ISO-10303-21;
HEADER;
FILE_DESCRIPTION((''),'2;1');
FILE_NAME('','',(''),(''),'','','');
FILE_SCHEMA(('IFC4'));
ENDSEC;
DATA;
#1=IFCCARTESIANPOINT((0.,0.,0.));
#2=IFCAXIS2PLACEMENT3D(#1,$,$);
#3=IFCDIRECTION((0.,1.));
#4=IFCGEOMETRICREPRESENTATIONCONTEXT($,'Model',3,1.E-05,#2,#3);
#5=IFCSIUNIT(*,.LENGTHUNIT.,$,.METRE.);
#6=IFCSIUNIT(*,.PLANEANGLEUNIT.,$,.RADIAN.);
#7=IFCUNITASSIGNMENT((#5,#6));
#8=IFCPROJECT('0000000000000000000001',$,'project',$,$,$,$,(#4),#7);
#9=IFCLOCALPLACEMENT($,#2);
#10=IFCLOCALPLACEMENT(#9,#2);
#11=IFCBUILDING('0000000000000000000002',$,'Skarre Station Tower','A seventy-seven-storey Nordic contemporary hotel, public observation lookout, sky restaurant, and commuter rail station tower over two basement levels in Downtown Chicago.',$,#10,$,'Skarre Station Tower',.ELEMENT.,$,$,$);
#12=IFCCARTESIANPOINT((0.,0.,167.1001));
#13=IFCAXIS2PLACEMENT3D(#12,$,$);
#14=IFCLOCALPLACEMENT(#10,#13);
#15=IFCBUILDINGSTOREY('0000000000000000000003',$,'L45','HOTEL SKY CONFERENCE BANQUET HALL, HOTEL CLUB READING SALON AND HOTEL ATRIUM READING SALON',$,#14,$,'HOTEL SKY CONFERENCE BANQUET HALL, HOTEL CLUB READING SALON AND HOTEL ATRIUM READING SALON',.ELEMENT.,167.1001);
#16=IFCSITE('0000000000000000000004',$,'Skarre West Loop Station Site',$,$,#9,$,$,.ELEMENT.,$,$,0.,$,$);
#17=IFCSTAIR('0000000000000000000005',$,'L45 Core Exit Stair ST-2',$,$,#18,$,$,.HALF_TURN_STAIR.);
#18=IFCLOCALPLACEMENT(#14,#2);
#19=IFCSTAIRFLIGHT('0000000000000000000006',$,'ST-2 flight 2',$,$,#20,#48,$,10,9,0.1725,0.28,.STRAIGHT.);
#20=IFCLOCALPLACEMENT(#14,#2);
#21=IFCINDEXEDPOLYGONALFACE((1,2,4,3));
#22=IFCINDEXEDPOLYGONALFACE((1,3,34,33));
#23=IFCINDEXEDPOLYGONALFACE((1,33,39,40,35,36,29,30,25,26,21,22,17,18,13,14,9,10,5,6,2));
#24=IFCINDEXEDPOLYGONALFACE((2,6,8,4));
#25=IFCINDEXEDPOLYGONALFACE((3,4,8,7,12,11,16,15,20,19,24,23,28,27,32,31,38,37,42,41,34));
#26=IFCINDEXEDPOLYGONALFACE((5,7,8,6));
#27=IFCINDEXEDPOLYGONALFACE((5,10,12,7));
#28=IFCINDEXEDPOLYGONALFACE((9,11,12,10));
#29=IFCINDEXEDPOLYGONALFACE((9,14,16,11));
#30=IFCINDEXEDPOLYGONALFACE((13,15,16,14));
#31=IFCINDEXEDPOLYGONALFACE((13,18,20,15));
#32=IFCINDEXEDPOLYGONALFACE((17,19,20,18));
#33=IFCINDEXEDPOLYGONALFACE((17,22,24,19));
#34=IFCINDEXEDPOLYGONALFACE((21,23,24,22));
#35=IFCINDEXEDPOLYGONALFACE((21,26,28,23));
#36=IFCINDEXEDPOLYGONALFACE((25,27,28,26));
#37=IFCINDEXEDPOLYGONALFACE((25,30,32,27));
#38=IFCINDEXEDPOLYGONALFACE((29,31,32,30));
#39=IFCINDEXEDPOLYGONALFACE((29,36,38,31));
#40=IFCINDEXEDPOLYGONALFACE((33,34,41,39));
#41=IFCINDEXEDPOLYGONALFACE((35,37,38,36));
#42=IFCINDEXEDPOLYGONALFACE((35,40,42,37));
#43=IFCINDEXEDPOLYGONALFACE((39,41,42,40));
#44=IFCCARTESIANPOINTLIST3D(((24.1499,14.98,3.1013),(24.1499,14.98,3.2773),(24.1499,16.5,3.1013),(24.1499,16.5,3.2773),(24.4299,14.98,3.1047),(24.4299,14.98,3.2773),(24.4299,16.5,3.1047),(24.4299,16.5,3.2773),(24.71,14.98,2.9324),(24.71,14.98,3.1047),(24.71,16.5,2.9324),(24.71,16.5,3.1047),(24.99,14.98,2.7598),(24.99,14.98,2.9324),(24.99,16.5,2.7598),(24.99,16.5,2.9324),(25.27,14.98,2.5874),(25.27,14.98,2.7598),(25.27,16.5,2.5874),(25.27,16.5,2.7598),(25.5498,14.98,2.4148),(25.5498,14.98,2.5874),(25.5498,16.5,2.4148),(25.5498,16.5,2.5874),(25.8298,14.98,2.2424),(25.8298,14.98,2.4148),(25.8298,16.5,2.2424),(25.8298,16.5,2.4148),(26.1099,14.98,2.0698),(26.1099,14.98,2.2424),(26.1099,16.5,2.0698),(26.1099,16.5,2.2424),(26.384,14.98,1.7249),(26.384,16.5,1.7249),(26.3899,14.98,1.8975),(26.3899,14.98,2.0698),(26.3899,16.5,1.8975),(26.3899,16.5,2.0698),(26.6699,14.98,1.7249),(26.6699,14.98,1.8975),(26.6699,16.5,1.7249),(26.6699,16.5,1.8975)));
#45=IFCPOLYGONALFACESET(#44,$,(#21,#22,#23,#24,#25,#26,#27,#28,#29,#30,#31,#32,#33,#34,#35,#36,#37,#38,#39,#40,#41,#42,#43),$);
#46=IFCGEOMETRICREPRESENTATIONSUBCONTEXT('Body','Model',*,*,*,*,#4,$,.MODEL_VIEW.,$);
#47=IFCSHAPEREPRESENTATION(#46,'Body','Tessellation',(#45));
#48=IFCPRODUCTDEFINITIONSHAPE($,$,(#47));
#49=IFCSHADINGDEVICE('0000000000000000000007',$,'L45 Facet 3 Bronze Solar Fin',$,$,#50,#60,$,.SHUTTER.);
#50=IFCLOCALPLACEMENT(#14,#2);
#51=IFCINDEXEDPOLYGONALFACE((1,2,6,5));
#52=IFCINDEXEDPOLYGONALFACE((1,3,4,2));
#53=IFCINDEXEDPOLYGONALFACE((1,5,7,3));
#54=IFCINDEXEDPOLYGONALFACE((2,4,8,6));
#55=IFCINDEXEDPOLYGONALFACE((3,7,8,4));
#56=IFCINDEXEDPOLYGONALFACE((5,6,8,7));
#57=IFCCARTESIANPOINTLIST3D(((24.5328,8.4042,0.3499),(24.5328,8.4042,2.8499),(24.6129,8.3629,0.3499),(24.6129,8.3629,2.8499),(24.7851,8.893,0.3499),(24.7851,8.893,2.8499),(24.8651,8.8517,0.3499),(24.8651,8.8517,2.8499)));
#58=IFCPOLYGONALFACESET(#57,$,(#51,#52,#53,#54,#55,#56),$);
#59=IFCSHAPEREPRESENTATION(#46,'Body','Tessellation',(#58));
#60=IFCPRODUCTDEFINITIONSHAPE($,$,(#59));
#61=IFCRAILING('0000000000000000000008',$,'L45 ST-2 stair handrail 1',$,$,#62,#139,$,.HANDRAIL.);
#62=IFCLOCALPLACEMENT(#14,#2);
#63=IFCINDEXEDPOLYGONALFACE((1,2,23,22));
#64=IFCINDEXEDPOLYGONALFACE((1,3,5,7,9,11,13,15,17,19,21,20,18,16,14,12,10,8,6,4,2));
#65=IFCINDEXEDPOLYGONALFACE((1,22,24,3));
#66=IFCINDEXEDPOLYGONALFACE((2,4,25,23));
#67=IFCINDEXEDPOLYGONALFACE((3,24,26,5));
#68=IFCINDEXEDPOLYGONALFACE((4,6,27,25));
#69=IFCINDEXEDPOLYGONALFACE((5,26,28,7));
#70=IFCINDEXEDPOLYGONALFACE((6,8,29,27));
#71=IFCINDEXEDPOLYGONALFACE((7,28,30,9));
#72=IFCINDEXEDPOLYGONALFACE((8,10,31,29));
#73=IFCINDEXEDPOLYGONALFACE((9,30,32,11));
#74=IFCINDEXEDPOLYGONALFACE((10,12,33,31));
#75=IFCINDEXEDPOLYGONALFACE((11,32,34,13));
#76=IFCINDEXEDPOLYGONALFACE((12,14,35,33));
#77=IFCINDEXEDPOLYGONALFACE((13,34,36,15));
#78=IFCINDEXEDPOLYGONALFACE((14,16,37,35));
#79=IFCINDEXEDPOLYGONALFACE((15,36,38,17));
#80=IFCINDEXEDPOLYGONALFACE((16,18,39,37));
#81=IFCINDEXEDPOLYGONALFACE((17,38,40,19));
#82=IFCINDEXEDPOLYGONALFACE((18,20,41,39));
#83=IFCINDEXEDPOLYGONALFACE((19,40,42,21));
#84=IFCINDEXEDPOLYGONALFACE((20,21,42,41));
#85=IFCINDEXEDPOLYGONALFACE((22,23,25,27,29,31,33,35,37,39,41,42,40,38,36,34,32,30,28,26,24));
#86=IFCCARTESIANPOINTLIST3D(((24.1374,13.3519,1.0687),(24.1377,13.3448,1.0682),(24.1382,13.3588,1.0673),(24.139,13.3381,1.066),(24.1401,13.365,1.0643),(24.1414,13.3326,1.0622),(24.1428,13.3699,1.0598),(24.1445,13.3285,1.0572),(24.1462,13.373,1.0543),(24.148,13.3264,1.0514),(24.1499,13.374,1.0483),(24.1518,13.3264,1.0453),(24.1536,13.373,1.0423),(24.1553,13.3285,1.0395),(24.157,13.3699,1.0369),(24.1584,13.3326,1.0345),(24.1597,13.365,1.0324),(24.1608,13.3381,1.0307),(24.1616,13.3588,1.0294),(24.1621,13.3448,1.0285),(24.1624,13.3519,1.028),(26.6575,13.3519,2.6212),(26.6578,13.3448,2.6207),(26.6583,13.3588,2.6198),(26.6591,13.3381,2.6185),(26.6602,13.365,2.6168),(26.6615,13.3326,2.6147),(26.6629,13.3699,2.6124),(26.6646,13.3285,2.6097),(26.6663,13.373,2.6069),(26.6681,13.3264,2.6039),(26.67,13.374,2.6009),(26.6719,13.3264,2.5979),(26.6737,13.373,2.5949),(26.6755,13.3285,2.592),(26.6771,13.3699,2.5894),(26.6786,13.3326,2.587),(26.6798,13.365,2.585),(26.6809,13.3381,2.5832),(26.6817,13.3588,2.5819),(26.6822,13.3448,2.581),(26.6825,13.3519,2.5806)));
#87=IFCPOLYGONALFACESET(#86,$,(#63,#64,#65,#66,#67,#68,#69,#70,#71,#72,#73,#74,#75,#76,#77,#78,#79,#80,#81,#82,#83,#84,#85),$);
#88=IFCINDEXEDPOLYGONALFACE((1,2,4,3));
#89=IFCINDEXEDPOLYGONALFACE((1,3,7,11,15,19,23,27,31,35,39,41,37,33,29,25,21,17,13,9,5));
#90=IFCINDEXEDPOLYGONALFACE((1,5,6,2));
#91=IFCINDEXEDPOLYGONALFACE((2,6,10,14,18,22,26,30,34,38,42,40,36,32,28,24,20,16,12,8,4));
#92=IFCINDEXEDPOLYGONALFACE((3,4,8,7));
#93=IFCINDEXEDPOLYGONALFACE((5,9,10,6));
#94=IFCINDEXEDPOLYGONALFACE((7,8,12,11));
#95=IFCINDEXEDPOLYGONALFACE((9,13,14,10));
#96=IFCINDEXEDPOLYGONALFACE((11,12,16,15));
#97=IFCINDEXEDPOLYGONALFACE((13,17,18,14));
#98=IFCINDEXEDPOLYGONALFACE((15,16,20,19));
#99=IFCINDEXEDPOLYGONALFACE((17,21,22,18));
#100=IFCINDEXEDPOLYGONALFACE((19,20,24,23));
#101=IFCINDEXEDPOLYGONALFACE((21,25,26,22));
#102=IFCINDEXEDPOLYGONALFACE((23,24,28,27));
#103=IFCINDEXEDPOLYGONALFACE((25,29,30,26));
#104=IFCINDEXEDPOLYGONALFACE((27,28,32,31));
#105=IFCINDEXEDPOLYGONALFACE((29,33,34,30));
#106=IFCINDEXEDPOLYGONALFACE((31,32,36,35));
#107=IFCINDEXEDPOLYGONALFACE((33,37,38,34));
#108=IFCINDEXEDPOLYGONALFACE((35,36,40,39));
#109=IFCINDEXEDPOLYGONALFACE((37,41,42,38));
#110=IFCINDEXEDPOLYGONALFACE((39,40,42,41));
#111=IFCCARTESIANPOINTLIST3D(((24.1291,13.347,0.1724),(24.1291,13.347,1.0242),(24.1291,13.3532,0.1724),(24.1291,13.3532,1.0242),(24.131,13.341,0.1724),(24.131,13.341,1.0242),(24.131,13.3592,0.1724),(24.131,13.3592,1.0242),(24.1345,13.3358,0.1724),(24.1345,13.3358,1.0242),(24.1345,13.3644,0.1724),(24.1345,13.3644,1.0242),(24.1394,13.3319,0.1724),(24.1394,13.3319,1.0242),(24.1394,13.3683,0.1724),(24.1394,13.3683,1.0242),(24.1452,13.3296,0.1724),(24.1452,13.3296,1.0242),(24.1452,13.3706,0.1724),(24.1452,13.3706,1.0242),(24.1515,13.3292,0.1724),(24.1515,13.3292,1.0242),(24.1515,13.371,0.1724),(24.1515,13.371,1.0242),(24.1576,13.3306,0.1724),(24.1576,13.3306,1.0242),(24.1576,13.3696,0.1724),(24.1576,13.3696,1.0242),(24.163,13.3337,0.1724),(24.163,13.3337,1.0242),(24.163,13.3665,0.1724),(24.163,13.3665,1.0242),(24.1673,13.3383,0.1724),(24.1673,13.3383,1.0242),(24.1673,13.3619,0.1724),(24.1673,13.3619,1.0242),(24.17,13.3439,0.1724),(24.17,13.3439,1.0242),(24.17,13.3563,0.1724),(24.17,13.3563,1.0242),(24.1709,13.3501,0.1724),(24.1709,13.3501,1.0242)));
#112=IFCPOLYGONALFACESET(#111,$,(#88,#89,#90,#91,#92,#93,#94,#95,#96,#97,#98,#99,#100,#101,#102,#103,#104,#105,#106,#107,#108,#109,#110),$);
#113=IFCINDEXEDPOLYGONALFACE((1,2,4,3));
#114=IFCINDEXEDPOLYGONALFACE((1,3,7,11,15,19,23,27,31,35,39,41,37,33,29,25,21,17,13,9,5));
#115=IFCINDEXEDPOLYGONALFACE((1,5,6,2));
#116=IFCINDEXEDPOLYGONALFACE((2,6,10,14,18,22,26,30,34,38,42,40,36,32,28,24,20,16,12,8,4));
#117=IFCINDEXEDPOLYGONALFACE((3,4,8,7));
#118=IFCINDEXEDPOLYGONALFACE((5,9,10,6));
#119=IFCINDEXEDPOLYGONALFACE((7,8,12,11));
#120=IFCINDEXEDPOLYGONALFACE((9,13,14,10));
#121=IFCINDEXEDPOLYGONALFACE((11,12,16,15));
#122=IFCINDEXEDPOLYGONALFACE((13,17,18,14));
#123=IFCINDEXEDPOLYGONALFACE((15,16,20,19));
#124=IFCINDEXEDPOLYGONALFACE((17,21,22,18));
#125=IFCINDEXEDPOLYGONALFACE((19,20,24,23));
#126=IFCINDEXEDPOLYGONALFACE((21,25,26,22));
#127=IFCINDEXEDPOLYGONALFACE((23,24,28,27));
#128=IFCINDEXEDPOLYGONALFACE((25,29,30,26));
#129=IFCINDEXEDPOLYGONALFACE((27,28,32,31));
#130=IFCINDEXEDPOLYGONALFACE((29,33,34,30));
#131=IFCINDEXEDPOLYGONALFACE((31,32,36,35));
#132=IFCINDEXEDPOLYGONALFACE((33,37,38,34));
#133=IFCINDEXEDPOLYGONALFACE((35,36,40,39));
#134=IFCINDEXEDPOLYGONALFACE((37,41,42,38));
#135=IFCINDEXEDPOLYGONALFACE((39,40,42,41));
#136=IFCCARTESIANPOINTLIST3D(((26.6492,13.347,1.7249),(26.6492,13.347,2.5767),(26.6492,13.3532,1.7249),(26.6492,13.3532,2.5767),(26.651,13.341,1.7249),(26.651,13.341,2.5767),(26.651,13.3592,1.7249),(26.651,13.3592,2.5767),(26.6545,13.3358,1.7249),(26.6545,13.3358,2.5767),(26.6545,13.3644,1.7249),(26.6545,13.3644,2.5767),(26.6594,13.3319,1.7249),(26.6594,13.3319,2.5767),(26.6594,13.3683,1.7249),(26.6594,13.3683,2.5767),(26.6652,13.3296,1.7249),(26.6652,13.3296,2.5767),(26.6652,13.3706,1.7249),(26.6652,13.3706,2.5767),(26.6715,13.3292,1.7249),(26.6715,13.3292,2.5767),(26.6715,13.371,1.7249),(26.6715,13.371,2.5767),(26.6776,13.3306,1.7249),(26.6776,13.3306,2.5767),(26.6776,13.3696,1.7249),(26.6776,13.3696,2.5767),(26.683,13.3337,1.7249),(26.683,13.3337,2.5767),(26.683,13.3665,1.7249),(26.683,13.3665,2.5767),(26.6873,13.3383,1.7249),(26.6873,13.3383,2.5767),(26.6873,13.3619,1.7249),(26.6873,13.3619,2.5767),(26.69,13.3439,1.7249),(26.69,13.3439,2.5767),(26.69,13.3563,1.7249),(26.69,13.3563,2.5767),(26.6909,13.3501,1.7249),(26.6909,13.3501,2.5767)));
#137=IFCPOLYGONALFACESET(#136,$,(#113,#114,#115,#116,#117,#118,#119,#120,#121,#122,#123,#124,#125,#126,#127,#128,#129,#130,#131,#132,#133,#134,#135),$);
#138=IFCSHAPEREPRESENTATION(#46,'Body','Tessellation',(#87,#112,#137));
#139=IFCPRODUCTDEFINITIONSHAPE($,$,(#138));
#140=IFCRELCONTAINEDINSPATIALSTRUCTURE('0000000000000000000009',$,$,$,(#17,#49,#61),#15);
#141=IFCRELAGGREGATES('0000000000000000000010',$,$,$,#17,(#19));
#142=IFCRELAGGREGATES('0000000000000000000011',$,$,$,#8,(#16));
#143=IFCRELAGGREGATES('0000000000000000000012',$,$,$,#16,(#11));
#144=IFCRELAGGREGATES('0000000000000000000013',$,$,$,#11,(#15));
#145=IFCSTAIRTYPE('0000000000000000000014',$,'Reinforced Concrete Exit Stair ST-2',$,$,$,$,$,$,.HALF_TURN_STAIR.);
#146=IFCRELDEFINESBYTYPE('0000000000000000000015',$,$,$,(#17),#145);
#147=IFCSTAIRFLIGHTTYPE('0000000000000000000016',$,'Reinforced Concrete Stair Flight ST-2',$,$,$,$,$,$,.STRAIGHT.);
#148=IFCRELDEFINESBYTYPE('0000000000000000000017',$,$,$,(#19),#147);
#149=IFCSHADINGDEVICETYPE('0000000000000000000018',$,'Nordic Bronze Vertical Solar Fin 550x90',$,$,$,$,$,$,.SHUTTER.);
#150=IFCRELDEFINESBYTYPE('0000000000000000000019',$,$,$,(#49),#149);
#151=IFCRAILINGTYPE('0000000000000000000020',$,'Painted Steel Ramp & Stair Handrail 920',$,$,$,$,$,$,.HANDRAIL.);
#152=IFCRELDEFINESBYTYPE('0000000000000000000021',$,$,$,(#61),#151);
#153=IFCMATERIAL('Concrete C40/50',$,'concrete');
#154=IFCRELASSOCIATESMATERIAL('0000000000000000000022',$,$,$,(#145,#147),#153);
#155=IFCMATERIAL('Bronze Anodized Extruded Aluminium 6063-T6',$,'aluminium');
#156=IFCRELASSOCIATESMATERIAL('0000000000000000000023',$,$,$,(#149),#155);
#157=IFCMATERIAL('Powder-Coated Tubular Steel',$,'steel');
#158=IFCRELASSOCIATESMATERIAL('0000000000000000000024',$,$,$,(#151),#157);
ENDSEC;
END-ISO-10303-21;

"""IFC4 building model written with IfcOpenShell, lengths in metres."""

from ifc_helpers import new_model, si_unit, direction, frame, origin, origin_2d, place, context, subcontext, project, spatial, polyline, rectangle, circle, outline, extrude, material, type_object, element, aggregate, save


model = new_model("IFC4")

# Units and contexts
model_context = context("Model", 3, precision=1e-05, world=origin(), true_north=direction((0.0, 1.0)))
body_context = subcontext(model_context, "Body", "Model", "MODEL_VIEW")
ifc_project = project(units=[si_unit("LENGTHUNIT", "METRE"), si_unit("PLANEANGLEUNIT", "RADIAN")], contexts=[model_context])

# Site, building, storey
site_placement = place(None, origin())
site = spatial("IfcSite", under=ifc_project, at=site_placement, Name="Skarre West Loop Station Site", CompositionType="ELEMENT", RefElevation=0.0)
building_placement = place(site_placement, origin())
building = spatial("IfcBuilding", under=site, at=building_placement, Name="Skarre Station Tower", Description="A seventy-seven-storey Nordic contemporary hotel, public observation lookout, sky restaurant, and commuter rail station tower over two basement levels in Downtown Chicago.", LongName="Skarre Station Tower", CompositionType="ELEMENT")
storey_placement = place(building_placement, frame((0.0, 0.0, 167.1001)))
storey = spatial("IfcBuildingStorey", under=building, at=storey_placement, Name="L45", Description="HOTEL SKY CONFERENCE BANQUET HALL, HOTEL CLUB READING SALON AND HOTEL ATRIUM READING SALON", LongName="HOTEL SKY CONFERENCE BANQUET HALL, HOTEL CLUB READING SALON AND HOTEL ATRIUM READING SALON", CompositionType="ELEMENT", Elevation=167.1001)

# Stair, stair flight
ifc_material_1 = material(Name="Concrete C40/50", Category="concrete")
stair_type = type_object("IfcStairType", Name="Reinforced Concrete Exit Stair ST-2", PredefinedType="HALF_TURN_STAIR", material=ifc_material_1)
stair_placement = place(storey_placement, origin())
stair = element("IfcStair", 1, at=stair_placement, inside=storey, type_object=stair_type, Name="L45 Core Exit Stair ST-2", PredefinedType="HALF_TURN_STAIR")
stair_flight_type = type_object("IfcStairFlightType", Name="Reinforced Concrete Stair Flight ST-2", PredefinedType="STRAIGHT", material=ifc_material_1)
stair_flight_1_placement = place(storey_placement, frame((26.6699, 15.74, 1.7249), z_axis=(0.0, 0.0, 1.0), x_axis=(-1.0, 0.0, 0.0)))
stair_flight_1 = element("IfcStairFlight", 2, at=stair_flight_1_placement, type_object=stair_flight_type, Name="ST-2 flight 2", NumberOfRisers=10, NumberOfTreads=9, PredefinedType="STRAIGHT", RiserHeight=0.1725, TreadLength=0.28, context=body_context, shape_type="SweptSolid", body=[
    extrude(outline(polyline([(0.0, 0.0), (0.0, 0.1726), (0.28, 0.1726), (0.28, 0.345), (0.5601, 0.345), (0.5601, 0.5176), (0.8401, 0.5176), (0.8401, 0.6899), (1.1201, 0.6899), (1.1201, 0.8625), (1.3999, 0.8625), (1.3999, 1.0349), (1.6799, 1.0349), (1.6799, 1.2075), (1.96, 1.2075), (1.96, 1.3799), (2.24, 1.3799), (2.24, 1.5525), (2.52, 1.5525), (2.52, 1.7251), (2.52, 1.3765), (0.2859, 0.0), (0.0, 0.0)])), frame((0.0, 0.76, 0.0), z_axis=(0.0, -1.0, 0.0), x_axis=(1.0, 0.0, 0.0)), (0.0, 0.0, 1.0), 1.52),
])
aggregate(stair, [stair_flight_1])

# Shading device
ifc_material_2 = material(Name="Bronze Anodized Extruded Aluminium 6063-T6", Category="aluminium")
shading_device_type = type_object("IfcShadingDeviceType", Name="Nordic Bronze Vertical Solar Fin 550x90", PredefinedType="SHUTTER", material=ifc_material_2)
shading_device_placement = place(storey_placement, frame((24.699, 8.6279, 0.3499), z_axis=(0.0, 0.0, 1.0), x_axis=(-0.458634, -0.888625, 0.0)))
element("IfcShadingDevice", 3, at=shading_device_placement, inside=storey, type_object=shading_device_type, Name="L45 Facet 3 Bronze Solar Fin", PredefinedType="SHUTTER", context=body_context, shape_type="SweptSolid", body=[
    extrude(rectangle(XDim=0.55, YDim=0.0901, at=origin_2d()), origin(), (0.0, 0.0, 1.0), 2.5),
])

# Railing
ifc_material_3 = material(Name="Powder-Coated Tubular Steel", Category="steel")
railing_type_1 = type_object("IfcRailingType", Name="Painted Steel Ramp & Stair Handrail 920", PredefinedType="HANDRAIL", material=ifc_material_3)
railing_1_placement = place(storey_placement, frame((24.1499, 13.3501, 0.1724)))
element("IfcRailing", 4, at=railing_1_placement, inside=storey, type_object=railing_type_1, Name="L45 ST-2 stair handrail 1", PredefinedType="HANDRAIL", context=body_context, shape_type="SweptSolid", body=[
    extrude(circle(Radius=0.0239, at=origin_2d()), frame((0.0, 0.0, 0.876), z_axis=(0.8514, 0.0, 0.524516), x_axis=(0.0, 1.0, 0.0)), (0.0, 0.0, 1.0), 2.96),
    extrude(circle(Radius=0.021, at=origin_2d()), origin(), (0.0, 0.0, 1.0), 0.8518),
    extrude(circle(Radius=0.021, at=origin_2d()), frame((2.52, 0.0, 1.5525)), (0.0, 0.0, 1.0), 0.8518),
])

save(model, "model.ifc")
